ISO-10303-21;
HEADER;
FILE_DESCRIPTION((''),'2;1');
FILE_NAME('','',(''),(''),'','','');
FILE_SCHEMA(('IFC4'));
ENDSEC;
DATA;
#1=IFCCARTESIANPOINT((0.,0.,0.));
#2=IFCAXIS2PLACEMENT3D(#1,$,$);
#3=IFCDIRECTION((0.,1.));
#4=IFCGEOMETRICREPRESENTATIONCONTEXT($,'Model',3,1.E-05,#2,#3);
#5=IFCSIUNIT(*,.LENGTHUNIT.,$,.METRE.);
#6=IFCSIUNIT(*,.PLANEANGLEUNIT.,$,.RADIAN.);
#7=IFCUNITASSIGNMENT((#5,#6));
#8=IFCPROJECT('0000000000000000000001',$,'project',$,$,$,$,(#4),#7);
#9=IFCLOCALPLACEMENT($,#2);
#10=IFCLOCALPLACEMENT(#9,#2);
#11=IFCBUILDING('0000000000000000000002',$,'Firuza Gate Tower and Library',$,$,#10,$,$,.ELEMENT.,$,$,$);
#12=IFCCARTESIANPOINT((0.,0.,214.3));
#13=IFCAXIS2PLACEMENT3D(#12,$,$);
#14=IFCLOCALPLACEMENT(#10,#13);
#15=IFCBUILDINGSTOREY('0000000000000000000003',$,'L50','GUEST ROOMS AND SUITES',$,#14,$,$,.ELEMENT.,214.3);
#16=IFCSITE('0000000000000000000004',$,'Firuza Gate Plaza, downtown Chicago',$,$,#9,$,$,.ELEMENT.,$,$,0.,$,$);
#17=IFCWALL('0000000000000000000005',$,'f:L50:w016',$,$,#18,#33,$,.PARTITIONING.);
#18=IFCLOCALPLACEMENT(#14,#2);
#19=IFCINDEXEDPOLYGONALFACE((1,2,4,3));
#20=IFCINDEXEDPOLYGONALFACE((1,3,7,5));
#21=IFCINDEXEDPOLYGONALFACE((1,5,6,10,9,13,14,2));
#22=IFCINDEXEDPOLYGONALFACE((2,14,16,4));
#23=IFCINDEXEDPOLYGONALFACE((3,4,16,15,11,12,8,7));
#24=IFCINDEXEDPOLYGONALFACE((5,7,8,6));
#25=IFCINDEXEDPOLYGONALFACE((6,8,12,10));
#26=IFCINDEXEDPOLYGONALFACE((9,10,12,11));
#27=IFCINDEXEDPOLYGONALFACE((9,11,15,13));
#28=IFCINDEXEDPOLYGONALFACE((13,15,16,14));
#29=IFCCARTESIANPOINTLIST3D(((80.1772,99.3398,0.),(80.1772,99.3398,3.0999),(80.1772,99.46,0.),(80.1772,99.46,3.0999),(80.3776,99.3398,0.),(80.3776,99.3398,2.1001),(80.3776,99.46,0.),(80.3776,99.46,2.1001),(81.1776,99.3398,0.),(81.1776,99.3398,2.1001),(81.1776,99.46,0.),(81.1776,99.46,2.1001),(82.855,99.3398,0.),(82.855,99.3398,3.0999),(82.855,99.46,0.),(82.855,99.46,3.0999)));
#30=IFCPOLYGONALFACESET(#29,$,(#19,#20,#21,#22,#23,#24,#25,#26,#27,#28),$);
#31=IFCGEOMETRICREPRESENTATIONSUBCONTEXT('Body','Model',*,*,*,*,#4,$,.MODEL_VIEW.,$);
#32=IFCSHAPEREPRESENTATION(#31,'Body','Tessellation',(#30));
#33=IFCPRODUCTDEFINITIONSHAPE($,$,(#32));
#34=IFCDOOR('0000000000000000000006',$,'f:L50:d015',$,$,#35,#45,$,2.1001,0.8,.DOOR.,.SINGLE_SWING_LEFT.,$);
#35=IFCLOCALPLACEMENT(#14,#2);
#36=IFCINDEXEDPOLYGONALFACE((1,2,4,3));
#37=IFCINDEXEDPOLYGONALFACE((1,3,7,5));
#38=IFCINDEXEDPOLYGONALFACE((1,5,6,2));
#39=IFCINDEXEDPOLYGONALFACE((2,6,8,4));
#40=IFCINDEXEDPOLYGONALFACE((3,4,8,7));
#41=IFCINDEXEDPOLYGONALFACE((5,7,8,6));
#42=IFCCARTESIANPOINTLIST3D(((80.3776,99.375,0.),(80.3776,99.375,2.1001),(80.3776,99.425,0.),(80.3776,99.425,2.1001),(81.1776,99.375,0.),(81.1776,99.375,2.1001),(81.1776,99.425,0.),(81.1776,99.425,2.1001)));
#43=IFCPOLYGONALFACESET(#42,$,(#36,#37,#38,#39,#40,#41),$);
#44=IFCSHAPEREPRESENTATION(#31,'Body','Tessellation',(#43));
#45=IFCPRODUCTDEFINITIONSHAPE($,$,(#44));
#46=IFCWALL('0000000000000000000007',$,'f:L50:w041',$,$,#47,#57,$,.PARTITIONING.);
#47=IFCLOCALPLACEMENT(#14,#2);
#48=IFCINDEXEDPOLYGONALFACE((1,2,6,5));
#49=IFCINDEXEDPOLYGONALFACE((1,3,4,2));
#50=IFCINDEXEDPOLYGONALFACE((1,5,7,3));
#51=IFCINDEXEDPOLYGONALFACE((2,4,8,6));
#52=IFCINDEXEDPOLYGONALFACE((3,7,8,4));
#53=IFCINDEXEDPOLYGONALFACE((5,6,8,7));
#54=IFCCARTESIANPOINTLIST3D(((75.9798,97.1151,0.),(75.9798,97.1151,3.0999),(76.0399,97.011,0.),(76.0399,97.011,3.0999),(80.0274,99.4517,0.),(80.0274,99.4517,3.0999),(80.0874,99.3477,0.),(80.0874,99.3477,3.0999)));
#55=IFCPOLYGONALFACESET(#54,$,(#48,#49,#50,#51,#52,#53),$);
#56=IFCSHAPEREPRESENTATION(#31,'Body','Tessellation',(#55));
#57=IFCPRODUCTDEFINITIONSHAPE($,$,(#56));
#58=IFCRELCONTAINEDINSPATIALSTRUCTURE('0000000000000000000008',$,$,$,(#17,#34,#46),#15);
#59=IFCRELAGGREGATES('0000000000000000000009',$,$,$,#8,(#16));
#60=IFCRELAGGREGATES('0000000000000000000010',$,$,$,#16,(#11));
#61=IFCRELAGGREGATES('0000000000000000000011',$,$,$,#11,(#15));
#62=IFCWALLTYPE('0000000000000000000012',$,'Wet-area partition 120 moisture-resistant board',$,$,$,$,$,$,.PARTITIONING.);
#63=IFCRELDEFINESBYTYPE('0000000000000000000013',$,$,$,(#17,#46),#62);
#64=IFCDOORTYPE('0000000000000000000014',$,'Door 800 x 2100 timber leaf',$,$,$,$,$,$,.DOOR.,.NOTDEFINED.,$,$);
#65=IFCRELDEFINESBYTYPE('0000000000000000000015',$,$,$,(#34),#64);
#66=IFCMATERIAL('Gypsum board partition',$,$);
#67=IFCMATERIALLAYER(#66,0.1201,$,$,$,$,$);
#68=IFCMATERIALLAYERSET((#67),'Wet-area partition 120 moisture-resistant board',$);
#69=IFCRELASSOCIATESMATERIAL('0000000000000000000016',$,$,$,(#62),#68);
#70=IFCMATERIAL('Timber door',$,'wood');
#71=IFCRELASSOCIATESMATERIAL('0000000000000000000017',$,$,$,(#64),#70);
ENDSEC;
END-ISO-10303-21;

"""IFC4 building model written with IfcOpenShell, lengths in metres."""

from ifc_helpers import new_model, si_unit, direction, frame, frame_2d, origin, place, context, subcontext, project, spatial, rectangle, extrude, material, layer, layer_set, type_object, element, fill, save


model = new_model("IFC4")

# Units and contexts
model_context = context("Model", 3, precision=1e-05, world=origin(), true_north=direction((0.0, 1.0)))
body_context = subcontext(model_context, "Body", "Model", "MODEL_VIEW")
ifc_project = project(units=[si_unit("LENGTHUNIT", "METRE"), si_unit("PLANEANGLEUNIT", "RADIAN")], contexts=[model_context])

# Site, building, storey
site_placement = place(None, origin())
site = spatial("IfcSite", under=ifc_project, at=site_placement, Name="Firuza Gate Plaza, downtown Chicago", CompositionType="ELEMENT", RefElevation=0.0)
building_placement = place(site_placement, origin())
building = spatial("IfcBuilding", under=site, at=building_placement, Name="Firuza Gate Tower and Library", CompositionType="ELEMENT")
storey_placement = place(building_placement, frame((0.0, 0.0, 214.3)))
storey = spatial("IfcBuildingStorey", under=building, at=storey_placement, Name="L50", Description="GUEST ROOMS AND SUITES", CompositionType="ELEMENT", Elevation=214.3)

# Wall, opening, door
ifc_material_1 = material(Name="Gypsum board partition")
ifc_layer_1 = layer(ifc_material_1, 0.1201)
ifc_layer_set_1 = layer_set([ifc_layer_1], Name="Wet-area partition 120 moisture-resistant board")
wall_type_1 = type_object("IfcWallType", Name="Wet-area partition 120 moisture-resistant board", PredefinedType="PARTITIONING", material=ifc_layer_set_1)
wall_1_placement = place(storey_placement, frame((82.855, 99.3999, 0.0), z_axis=(0.0, 0.0, 1.0), x_axis=(-1.0, 0.0, 0.0)))
wall_1 = element("IfcWall", 1, at=wall_1_placement, inside=storey, type_object=wall_type_1, Name="f:L50:w016", PredefinedType="PARTITIONING", context=body_context, shape_type="SweptSolid", body=[
    extrude(rectangle(XDim=2.6777, YDim=0.1201, at=frame_2d((1.3389, 0.0))), origin(), (0.0, 0.0, 1.0), 3.0999),
])
opening_1_placement = place(wall_1_placement, frame((1.6775, 0.0, 0.0)))
opening_1 = element("IfcOpeningElement", 2, at=opening_1_placement, cuts=wall_1, PredefinedType="OPENING", context=body_context, shape_type="SweptSolid", body=[
    extrude(rectangle(XDim=0.8, YDim=2.1001, at=frame_2d((0.3999, 1.05))), frame((0.0, 0.0701, 0.0), z_axis=(0.0, -1.0, 0.0), x_axis=(1.0, 0.0, 0.0)), (0.0, 0.0, 1.0), 0.1401),
])
ifc_material_2 = material(Name="Timber door", Category="wood")
door_type_1 = type_object("IfcDoorType", Name="Door 800 x 2100 timber leaf", OperationType="NOTDEFINED", PredefinedType="DOOR", material=ifc_material_2)
door_1_placement = place(opening_1_placement, origin())
door_1 = element("IfcDoor", 3, at=door_1_placement, inside=storey, type_object=door_type_1, Name="f:L50:d015", OperationType="SINGLE_SWING_LEFT", OverallHeight=2.1001, OverallWidth=0.8, PredefinedType="DOOR", context=body_context, shape_type="SweptSolid", body=[
    extrude(rectangle(XDim=0.8, YDim=2.1001, at=frame_2d((0.3999, 1.05))), frame((0.0, 0.0249, 0.0), z_axis=(0.0, -1.0, 0.0), x_axis=(1.0, 0.0, 0.0)), (0.0, 0.0, 1.0), 0.05),
])
fill(opening_1, door_1)

# Wall
wall_2_placement = place(storey_placement, frame((76.0098, 97.063, 0.0), z_axis=(0.0, 0.0, 1.0), x_axis=(0.866046, 0.499965, 0.0)))
element("IfcWall", 4, at=wall_2_placement, inside=storey, type_object=wall_type_1, Name="f:L50:w041", PredefinedType="PARTITIONING", context=body_context, shape_type="SweptSolid", body=[
    extrude(rectangle(XDim=4.6736, YDim=0.1201, at=frame_2d((2.3369, 0.0))), origin(), (0.0, 0.0, 1.0), 3.0999),
])

save(model, "model.ifc")
